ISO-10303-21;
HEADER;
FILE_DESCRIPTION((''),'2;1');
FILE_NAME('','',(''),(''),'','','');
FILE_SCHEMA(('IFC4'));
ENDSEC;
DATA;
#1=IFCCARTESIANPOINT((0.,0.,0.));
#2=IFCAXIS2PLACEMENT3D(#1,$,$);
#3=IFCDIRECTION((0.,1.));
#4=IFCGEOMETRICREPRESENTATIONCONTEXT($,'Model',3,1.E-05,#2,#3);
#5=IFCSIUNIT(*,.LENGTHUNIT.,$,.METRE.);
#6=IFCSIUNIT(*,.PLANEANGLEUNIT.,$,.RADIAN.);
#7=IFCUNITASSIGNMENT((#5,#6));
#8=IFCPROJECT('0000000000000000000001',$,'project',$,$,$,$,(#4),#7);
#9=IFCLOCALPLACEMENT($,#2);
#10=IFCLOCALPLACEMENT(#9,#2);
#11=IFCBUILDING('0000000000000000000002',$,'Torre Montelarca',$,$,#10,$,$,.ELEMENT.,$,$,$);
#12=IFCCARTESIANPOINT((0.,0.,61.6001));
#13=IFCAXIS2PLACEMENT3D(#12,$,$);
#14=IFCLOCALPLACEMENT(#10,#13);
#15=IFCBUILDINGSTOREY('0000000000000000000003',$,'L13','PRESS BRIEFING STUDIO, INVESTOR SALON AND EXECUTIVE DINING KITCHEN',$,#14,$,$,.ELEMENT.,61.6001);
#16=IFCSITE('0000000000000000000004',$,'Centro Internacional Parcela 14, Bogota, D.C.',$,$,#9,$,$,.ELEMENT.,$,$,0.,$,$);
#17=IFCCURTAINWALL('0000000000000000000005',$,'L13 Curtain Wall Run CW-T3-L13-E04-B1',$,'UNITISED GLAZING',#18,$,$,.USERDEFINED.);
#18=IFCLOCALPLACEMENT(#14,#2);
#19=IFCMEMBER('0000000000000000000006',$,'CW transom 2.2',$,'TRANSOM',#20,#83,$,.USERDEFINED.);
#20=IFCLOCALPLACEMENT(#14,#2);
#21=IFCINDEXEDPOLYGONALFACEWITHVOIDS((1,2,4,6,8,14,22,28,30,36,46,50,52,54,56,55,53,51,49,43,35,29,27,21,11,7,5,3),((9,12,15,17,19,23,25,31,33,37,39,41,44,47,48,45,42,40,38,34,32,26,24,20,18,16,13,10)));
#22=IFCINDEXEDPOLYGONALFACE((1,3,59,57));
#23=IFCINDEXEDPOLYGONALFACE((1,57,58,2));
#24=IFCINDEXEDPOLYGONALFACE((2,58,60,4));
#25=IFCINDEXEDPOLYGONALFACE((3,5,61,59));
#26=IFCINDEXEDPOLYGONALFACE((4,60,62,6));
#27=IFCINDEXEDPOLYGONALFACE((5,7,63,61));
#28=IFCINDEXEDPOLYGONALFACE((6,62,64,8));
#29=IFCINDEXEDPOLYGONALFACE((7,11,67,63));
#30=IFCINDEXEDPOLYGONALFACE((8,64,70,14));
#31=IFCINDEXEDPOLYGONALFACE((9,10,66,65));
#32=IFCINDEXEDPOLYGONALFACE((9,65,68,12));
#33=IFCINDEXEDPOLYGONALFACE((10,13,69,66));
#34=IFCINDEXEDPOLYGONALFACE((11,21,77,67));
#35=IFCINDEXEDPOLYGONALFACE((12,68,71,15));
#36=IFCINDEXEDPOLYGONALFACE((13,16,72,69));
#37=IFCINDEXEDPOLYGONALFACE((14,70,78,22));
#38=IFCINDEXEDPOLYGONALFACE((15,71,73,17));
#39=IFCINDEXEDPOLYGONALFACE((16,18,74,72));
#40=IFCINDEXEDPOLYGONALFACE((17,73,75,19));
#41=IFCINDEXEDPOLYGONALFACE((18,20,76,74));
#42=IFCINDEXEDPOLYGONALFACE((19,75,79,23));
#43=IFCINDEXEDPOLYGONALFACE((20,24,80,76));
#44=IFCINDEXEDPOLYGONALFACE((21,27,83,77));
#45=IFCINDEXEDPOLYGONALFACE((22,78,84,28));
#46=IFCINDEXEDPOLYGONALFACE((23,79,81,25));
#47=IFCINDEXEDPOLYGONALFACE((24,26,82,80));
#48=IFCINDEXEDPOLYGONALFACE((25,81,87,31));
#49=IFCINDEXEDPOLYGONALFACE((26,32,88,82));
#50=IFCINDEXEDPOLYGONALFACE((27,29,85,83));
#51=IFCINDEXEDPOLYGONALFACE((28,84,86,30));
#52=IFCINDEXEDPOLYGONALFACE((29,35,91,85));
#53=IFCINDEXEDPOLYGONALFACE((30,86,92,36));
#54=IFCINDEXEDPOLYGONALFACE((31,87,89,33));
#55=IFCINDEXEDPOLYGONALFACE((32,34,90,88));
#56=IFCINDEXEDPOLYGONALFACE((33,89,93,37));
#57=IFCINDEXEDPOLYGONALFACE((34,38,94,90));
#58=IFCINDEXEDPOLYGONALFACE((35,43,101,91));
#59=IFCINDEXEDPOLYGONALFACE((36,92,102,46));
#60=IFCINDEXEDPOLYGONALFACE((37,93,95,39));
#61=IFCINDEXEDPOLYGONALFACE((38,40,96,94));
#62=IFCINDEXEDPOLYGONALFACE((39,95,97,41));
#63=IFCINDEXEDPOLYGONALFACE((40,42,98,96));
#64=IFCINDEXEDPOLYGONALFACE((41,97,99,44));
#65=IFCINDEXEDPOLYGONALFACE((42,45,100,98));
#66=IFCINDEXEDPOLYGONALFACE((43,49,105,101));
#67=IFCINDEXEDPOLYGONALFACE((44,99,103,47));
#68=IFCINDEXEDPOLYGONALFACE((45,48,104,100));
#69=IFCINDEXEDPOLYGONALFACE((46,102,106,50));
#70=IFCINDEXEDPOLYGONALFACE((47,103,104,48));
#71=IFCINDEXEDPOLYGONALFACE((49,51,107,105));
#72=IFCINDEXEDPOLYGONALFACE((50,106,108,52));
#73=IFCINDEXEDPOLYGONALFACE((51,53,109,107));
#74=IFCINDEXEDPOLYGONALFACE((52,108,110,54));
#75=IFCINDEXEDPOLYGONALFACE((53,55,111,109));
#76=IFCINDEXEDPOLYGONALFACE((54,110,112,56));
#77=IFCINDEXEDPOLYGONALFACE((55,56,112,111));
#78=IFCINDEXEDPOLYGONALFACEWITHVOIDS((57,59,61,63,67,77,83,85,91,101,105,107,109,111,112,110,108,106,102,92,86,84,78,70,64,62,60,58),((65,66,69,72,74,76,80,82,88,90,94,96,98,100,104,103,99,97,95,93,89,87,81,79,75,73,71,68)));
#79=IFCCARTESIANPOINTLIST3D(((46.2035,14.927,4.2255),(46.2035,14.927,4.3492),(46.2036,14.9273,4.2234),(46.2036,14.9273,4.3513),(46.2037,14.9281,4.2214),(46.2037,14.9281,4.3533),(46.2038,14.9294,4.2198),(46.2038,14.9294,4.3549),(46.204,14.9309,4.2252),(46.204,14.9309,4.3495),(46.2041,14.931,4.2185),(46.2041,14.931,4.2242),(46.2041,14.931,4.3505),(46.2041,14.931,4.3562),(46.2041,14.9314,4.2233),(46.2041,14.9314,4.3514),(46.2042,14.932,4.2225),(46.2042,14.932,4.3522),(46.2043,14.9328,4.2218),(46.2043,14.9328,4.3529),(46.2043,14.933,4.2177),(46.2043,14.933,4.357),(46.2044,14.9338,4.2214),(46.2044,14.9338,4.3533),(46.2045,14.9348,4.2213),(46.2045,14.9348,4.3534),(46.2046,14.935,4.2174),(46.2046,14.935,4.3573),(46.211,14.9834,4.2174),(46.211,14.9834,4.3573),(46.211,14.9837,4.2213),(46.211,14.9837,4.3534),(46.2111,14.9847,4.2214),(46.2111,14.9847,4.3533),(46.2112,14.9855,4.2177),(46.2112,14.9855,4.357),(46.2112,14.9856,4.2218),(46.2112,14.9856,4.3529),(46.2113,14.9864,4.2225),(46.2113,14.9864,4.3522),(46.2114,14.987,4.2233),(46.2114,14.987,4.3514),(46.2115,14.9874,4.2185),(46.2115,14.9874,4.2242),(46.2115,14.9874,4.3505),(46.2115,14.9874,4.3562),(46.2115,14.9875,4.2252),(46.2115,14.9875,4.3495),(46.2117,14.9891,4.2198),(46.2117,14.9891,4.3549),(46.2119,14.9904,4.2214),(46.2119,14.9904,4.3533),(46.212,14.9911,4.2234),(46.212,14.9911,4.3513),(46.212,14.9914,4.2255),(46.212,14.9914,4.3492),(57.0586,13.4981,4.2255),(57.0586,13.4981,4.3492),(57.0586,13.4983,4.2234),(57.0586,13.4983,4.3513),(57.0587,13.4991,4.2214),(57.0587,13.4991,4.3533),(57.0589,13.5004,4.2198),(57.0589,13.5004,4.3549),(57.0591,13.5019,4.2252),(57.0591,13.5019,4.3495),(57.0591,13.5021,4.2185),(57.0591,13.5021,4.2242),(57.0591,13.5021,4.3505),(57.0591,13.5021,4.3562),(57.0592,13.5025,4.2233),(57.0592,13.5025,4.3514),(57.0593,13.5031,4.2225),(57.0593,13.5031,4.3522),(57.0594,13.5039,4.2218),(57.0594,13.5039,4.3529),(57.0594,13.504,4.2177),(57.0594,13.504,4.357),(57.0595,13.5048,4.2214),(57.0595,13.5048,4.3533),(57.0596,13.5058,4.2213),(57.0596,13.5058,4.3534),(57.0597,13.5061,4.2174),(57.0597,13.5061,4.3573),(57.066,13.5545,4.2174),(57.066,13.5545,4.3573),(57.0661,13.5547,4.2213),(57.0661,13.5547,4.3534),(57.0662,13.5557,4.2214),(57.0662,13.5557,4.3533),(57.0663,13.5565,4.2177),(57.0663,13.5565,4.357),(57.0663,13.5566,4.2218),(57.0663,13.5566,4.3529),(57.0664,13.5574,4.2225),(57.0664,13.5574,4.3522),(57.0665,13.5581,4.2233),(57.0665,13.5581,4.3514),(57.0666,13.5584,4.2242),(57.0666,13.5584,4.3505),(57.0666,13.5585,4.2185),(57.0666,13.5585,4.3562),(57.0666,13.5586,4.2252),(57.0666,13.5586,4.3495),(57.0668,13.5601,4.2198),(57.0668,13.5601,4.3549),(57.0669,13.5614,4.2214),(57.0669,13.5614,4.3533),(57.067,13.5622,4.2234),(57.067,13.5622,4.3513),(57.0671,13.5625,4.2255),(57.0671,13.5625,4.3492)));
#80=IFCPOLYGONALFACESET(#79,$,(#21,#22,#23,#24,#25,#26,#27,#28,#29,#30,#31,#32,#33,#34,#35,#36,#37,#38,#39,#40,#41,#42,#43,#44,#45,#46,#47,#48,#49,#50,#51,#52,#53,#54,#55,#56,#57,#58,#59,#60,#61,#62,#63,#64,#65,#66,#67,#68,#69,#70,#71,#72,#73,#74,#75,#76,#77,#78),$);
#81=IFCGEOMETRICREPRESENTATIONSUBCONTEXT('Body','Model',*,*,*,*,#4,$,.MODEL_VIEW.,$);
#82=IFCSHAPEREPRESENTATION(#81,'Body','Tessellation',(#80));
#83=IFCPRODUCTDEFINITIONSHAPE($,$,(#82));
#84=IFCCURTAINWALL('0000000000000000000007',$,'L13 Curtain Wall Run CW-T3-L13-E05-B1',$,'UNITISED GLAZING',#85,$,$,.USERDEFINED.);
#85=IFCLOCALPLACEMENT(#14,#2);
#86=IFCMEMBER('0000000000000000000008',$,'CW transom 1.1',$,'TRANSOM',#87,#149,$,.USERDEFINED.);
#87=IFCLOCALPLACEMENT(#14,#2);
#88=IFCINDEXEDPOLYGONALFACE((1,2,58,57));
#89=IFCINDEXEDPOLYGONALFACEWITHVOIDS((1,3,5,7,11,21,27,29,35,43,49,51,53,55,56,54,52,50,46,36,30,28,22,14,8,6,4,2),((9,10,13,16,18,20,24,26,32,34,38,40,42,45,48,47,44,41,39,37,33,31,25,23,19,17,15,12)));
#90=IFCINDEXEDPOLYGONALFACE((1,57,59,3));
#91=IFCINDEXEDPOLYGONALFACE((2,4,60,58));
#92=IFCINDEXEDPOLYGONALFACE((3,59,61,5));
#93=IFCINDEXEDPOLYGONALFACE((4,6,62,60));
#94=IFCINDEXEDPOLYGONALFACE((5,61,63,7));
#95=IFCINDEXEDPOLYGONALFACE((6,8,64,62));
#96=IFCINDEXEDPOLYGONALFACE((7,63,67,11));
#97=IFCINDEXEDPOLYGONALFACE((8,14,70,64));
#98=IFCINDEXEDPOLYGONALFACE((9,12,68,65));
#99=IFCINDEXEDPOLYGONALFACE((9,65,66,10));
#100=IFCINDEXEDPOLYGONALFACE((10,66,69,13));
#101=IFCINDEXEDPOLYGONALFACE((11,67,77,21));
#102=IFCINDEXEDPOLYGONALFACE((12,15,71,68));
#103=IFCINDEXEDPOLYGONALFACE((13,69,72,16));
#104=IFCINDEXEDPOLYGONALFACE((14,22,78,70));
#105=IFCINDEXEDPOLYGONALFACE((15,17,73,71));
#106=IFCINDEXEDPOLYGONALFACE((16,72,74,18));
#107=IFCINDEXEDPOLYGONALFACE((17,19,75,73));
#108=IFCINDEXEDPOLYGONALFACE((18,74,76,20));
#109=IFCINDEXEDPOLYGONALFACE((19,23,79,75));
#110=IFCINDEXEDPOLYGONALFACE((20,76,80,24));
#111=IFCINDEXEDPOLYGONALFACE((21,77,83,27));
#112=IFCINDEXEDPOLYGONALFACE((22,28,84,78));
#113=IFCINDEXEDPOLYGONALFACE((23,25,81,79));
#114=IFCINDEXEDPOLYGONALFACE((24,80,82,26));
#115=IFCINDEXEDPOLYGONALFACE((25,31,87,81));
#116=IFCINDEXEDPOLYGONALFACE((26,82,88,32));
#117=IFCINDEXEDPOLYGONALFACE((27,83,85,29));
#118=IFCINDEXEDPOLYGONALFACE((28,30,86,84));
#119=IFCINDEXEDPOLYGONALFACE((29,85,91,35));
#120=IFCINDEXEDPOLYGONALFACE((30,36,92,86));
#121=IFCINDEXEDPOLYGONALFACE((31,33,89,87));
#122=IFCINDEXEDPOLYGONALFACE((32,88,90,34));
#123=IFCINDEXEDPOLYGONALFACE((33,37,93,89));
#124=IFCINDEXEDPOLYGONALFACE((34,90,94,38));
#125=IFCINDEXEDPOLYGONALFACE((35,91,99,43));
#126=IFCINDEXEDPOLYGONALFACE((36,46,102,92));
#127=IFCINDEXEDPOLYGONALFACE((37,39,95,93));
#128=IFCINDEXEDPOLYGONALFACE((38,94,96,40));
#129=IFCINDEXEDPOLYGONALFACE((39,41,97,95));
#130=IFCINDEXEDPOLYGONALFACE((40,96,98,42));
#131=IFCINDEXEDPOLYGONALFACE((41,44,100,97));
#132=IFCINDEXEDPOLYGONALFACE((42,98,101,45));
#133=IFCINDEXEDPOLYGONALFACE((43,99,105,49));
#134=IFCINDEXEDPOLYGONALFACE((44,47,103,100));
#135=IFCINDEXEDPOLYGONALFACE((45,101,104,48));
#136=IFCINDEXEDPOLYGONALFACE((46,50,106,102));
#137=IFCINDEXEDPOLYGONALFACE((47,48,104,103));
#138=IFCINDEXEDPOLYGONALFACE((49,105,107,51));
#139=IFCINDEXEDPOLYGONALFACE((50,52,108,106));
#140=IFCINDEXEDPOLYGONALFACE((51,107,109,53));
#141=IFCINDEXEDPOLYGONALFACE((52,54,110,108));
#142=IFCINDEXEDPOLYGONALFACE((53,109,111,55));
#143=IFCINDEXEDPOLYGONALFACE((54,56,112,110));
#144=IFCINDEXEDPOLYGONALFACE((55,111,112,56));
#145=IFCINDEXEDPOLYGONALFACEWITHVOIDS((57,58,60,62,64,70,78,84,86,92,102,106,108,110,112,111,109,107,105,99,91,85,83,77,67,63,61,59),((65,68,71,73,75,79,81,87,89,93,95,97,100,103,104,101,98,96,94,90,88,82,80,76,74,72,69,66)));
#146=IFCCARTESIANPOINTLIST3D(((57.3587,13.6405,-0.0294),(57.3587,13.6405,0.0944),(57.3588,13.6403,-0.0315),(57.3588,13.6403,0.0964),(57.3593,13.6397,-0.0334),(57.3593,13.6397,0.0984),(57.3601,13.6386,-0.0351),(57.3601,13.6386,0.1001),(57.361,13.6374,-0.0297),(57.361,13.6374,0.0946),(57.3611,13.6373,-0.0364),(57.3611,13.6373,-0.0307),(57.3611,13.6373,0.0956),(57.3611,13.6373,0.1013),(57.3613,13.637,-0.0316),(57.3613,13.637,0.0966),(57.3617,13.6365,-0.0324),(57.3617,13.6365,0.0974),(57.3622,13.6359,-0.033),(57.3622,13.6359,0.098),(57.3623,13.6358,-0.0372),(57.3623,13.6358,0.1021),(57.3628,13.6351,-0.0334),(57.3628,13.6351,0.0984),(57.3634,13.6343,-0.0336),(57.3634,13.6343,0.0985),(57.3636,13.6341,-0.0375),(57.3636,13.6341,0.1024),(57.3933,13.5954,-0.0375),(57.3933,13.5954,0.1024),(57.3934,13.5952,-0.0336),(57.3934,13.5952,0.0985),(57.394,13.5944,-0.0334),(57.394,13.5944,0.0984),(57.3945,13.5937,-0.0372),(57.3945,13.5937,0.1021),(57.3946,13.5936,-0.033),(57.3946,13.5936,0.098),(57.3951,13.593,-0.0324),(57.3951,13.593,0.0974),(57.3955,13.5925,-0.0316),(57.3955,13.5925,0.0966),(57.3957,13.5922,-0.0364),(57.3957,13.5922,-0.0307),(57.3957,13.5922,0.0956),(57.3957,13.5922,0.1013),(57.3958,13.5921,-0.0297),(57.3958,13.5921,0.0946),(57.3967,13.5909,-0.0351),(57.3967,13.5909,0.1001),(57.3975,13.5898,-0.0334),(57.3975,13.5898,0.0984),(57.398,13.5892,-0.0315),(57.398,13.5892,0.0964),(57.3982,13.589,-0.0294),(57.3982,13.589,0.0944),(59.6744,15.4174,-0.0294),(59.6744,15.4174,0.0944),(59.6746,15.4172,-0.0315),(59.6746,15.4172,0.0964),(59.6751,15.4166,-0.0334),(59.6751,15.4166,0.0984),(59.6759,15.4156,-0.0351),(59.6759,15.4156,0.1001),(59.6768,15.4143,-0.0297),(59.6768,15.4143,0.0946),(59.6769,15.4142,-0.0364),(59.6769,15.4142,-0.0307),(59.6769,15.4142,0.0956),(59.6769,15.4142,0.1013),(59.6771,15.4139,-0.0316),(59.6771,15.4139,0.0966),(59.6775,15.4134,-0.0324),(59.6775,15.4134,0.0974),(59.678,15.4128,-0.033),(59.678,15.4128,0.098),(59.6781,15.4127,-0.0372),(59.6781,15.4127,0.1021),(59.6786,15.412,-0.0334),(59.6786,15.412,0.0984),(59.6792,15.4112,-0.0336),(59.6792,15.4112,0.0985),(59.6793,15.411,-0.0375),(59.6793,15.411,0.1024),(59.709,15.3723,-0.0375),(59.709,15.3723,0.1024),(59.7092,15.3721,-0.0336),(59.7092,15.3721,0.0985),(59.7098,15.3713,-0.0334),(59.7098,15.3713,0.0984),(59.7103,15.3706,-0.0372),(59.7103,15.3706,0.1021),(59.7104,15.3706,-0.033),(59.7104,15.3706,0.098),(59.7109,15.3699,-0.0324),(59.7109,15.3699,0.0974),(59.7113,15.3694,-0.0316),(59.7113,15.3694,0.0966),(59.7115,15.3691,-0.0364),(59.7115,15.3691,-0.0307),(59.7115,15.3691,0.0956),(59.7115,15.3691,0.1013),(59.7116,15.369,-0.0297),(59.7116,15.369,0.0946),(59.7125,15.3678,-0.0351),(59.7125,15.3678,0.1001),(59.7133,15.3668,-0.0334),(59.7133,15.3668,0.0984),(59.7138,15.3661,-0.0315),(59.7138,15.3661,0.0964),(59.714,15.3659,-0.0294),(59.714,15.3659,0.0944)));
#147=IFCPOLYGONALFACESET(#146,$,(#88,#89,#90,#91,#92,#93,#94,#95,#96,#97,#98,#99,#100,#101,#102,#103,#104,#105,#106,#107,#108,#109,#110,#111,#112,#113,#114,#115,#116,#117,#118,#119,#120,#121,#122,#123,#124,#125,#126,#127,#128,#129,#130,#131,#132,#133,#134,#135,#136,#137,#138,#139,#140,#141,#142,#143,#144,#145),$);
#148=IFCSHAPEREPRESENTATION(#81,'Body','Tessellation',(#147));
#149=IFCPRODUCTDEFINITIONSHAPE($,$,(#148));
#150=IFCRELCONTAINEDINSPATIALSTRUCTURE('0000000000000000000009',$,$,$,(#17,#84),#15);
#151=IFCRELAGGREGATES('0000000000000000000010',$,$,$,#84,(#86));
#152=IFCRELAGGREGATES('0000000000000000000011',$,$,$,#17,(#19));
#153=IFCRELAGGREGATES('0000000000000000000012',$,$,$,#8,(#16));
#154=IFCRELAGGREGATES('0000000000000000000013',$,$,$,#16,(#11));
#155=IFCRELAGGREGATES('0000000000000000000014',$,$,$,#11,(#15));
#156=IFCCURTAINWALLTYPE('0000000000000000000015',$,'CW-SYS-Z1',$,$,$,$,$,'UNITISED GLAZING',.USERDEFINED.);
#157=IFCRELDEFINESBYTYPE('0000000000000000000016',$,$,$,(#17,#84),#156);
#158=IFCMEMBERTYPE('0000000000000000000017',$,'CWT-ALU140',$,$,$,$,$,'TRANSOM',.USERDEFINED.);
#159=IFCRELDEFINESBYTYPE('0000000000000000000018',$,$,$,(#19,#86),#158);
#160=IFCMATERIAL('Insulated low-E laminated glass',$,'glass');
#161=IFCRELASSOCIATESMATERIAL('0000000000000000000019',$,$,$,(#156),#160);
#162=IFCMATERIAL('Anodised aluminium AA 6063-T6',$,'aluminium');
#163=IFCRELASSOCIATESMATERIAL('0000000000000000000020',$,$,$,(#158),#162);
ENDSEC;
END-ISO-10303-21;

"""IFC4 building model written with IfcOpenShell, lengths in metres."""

from ifc_helpers import new_model, si_unit, direction, frame, origin, origin_2d, place, context, subcontext, project, spatial, hollow_rectangle, extrude, source, transform, mapped, material, material_profile, profile_set, type_object, element, aggregate, save


model = new_model("IFC4")

# Units and contexts
model_context = context("Model", 3, precision=1e-05, world=origin(), true_north=direction((0.0, 1.0)))
body_context = subcontext(model_context, "Body", "Model", "MODEL_VIEW")
ifc_project = project(units=[si_unit("LENGTHUNIT", "METRE"), si_unit("PLANEANGLEUNIT", "RADIAN")], contexts=[model_context])

# Site, building, storey
site_placement = place(None, origin())
site = spatial("IfcSite", under=ifc_project, at=site_placement, Name="Centro Internacional Parcela 14, Bogota, D.C.", CompositionType="ELEMENT", RefElevation=0.0)
building_placement = place(site_placement, origin())
building = spatial("IfcBuilding", under=site, at=building_placement, Name="Torre Montelarca", CompositionType="ELEMENT")
storey_placement = place(building_placement, frame((0.0, 0.0, 61.6001)))
storey = spatial("IfcBuildingStorey", under=building, at=storey_placement, Name="L13", Description="PRESS BRIEFING STUDIO, INVESTOR SALON AND EXECUTIVE DINING KITCHEN", CompositionType="ELEMENT", Elevation=61.6001)

# Curtain walls, members
ifc_material_1 = material(Name="Insulated low-E laminated glass", Category="glass")
curtain_wall_type = type_object("IfcCurtainWallType", Name="CW-SYS-Z1", ElementType="UNITISED GLAZING", PredefinedType="USERDEFINED", material=ifc_material_1)
curtain_wall_1_placement = place(storey_placement, origin())
curtain_wall_1 = element("IfcCurtainWall", 1, at=curtain_wall_1_placement, inside=storey, type_object=curtain_wall_type, Name="L13 Curtain Wall Run CW-T3-L13-E04-B1", ObjectType="UNITISED GLAZING", PredefinedType="USERDEFINED")
ifc_material_2 = material(Name="Anodised aluminium AA 6063-T6", Category="aluminium")
ifc_material_profile_1 = material_profile(ifc_material_2, hollow_rectangle(XDim=0.0649, YDim=0.1399, WallThickness=0.0039, InnerFilletRadius=0.0039, OuterFilletRadius=0.0081, at=origin_2d()), Name="ALU65X140X4", Category="aluminium")
ifc_profile_set_1 = profile_set([ifc_material_profile_1], Name="Anodised aluminium AA 6063-T6")
member_type_1 = type_object("IfcMemberType", Name="CWT-ALU140", ElementType="TRANSOM", PredefinedType="USERDEFINED", material=ifc_profile_set_1)
shared_shape_1 = source(origin(), body_context, "Body", "SweptSolid", [
    extrude(hollow_rectangle(XDim=0.0649, YDim=0.1399, WallThickness=0.0039, InnerFilletRadius=0.0039, OuterFilletRadius=0.0081, at=origin_2d()), origin(), (0.0, 0.0, 1.0), 10.9487),
])
member_1_placement = place(storey_placement, frame((46.2078, 14.9592, 4.2874), z_axis=(0.991446, -0.130515, 0.0), x_axis=(0.130515, 0.991446, 0.0)))
member_1 = element("IfcMember", 2, at=member_1_placement, type_object=member_type_1, Name="CW transom 2.2", ObjectType="TRANSOM", PredefinedType="USERDEFINED", context=body_context, shape_type="MappedRepresentation", body=[
    mapped(shared_shape_1, transform((0.0, 0.0, 0.0), scale=1.0)),
])
curtain_wall_2_placement = place(storey_placement, origin())
curtain_wall_2 = element("IfcCurtainWall", 3, at=curtain_wall_2_placement, inside=storey, type_object=curtain_wall_type, Name="L13 Curtain Wall Run CW-T3-L13-E05-B1", ObjectType="UNITISED GLAZING", PredefinedType="USERDEFINED")
shared_shape_2 = source(origin(), body_context, "Body", "SweptSolid", [
    extrude(hollow_rectangle(XDim=0.0649, YDim=0.1399, WallThickness=0.0039, InnerFilletRadius=0.0039, OuterFilletRadius=0.0081, at=origin_2d()), origin(), (0.0, 0.0, 1.0), 2.9189),
])
member_2_placement = place(storey_placement, frame((57.3784, 13.6147, 0.0325), z_axis=(0.793357, 0.608756, 0.0), x_axis=(-0.608756, 0.793357, 0.0)))
member_2 = element("IfcMember", 4, at=member_2_placement, type_object=member_type_1, Name="CW transom 1.1", ObjectType="TRANSOM", PredefinedType="USERDEFINED", context=body_context, shape_type="MappedRepresentation", body=[
    mapped(shared_shape_2, transform((0.0, 0.0, 0.0), scale=1.0)),
])

aggregate(curtain_wall_2, [member_2])
aggregate(curtain_wall_1, [member_1])

save(model, "model.ifc")
